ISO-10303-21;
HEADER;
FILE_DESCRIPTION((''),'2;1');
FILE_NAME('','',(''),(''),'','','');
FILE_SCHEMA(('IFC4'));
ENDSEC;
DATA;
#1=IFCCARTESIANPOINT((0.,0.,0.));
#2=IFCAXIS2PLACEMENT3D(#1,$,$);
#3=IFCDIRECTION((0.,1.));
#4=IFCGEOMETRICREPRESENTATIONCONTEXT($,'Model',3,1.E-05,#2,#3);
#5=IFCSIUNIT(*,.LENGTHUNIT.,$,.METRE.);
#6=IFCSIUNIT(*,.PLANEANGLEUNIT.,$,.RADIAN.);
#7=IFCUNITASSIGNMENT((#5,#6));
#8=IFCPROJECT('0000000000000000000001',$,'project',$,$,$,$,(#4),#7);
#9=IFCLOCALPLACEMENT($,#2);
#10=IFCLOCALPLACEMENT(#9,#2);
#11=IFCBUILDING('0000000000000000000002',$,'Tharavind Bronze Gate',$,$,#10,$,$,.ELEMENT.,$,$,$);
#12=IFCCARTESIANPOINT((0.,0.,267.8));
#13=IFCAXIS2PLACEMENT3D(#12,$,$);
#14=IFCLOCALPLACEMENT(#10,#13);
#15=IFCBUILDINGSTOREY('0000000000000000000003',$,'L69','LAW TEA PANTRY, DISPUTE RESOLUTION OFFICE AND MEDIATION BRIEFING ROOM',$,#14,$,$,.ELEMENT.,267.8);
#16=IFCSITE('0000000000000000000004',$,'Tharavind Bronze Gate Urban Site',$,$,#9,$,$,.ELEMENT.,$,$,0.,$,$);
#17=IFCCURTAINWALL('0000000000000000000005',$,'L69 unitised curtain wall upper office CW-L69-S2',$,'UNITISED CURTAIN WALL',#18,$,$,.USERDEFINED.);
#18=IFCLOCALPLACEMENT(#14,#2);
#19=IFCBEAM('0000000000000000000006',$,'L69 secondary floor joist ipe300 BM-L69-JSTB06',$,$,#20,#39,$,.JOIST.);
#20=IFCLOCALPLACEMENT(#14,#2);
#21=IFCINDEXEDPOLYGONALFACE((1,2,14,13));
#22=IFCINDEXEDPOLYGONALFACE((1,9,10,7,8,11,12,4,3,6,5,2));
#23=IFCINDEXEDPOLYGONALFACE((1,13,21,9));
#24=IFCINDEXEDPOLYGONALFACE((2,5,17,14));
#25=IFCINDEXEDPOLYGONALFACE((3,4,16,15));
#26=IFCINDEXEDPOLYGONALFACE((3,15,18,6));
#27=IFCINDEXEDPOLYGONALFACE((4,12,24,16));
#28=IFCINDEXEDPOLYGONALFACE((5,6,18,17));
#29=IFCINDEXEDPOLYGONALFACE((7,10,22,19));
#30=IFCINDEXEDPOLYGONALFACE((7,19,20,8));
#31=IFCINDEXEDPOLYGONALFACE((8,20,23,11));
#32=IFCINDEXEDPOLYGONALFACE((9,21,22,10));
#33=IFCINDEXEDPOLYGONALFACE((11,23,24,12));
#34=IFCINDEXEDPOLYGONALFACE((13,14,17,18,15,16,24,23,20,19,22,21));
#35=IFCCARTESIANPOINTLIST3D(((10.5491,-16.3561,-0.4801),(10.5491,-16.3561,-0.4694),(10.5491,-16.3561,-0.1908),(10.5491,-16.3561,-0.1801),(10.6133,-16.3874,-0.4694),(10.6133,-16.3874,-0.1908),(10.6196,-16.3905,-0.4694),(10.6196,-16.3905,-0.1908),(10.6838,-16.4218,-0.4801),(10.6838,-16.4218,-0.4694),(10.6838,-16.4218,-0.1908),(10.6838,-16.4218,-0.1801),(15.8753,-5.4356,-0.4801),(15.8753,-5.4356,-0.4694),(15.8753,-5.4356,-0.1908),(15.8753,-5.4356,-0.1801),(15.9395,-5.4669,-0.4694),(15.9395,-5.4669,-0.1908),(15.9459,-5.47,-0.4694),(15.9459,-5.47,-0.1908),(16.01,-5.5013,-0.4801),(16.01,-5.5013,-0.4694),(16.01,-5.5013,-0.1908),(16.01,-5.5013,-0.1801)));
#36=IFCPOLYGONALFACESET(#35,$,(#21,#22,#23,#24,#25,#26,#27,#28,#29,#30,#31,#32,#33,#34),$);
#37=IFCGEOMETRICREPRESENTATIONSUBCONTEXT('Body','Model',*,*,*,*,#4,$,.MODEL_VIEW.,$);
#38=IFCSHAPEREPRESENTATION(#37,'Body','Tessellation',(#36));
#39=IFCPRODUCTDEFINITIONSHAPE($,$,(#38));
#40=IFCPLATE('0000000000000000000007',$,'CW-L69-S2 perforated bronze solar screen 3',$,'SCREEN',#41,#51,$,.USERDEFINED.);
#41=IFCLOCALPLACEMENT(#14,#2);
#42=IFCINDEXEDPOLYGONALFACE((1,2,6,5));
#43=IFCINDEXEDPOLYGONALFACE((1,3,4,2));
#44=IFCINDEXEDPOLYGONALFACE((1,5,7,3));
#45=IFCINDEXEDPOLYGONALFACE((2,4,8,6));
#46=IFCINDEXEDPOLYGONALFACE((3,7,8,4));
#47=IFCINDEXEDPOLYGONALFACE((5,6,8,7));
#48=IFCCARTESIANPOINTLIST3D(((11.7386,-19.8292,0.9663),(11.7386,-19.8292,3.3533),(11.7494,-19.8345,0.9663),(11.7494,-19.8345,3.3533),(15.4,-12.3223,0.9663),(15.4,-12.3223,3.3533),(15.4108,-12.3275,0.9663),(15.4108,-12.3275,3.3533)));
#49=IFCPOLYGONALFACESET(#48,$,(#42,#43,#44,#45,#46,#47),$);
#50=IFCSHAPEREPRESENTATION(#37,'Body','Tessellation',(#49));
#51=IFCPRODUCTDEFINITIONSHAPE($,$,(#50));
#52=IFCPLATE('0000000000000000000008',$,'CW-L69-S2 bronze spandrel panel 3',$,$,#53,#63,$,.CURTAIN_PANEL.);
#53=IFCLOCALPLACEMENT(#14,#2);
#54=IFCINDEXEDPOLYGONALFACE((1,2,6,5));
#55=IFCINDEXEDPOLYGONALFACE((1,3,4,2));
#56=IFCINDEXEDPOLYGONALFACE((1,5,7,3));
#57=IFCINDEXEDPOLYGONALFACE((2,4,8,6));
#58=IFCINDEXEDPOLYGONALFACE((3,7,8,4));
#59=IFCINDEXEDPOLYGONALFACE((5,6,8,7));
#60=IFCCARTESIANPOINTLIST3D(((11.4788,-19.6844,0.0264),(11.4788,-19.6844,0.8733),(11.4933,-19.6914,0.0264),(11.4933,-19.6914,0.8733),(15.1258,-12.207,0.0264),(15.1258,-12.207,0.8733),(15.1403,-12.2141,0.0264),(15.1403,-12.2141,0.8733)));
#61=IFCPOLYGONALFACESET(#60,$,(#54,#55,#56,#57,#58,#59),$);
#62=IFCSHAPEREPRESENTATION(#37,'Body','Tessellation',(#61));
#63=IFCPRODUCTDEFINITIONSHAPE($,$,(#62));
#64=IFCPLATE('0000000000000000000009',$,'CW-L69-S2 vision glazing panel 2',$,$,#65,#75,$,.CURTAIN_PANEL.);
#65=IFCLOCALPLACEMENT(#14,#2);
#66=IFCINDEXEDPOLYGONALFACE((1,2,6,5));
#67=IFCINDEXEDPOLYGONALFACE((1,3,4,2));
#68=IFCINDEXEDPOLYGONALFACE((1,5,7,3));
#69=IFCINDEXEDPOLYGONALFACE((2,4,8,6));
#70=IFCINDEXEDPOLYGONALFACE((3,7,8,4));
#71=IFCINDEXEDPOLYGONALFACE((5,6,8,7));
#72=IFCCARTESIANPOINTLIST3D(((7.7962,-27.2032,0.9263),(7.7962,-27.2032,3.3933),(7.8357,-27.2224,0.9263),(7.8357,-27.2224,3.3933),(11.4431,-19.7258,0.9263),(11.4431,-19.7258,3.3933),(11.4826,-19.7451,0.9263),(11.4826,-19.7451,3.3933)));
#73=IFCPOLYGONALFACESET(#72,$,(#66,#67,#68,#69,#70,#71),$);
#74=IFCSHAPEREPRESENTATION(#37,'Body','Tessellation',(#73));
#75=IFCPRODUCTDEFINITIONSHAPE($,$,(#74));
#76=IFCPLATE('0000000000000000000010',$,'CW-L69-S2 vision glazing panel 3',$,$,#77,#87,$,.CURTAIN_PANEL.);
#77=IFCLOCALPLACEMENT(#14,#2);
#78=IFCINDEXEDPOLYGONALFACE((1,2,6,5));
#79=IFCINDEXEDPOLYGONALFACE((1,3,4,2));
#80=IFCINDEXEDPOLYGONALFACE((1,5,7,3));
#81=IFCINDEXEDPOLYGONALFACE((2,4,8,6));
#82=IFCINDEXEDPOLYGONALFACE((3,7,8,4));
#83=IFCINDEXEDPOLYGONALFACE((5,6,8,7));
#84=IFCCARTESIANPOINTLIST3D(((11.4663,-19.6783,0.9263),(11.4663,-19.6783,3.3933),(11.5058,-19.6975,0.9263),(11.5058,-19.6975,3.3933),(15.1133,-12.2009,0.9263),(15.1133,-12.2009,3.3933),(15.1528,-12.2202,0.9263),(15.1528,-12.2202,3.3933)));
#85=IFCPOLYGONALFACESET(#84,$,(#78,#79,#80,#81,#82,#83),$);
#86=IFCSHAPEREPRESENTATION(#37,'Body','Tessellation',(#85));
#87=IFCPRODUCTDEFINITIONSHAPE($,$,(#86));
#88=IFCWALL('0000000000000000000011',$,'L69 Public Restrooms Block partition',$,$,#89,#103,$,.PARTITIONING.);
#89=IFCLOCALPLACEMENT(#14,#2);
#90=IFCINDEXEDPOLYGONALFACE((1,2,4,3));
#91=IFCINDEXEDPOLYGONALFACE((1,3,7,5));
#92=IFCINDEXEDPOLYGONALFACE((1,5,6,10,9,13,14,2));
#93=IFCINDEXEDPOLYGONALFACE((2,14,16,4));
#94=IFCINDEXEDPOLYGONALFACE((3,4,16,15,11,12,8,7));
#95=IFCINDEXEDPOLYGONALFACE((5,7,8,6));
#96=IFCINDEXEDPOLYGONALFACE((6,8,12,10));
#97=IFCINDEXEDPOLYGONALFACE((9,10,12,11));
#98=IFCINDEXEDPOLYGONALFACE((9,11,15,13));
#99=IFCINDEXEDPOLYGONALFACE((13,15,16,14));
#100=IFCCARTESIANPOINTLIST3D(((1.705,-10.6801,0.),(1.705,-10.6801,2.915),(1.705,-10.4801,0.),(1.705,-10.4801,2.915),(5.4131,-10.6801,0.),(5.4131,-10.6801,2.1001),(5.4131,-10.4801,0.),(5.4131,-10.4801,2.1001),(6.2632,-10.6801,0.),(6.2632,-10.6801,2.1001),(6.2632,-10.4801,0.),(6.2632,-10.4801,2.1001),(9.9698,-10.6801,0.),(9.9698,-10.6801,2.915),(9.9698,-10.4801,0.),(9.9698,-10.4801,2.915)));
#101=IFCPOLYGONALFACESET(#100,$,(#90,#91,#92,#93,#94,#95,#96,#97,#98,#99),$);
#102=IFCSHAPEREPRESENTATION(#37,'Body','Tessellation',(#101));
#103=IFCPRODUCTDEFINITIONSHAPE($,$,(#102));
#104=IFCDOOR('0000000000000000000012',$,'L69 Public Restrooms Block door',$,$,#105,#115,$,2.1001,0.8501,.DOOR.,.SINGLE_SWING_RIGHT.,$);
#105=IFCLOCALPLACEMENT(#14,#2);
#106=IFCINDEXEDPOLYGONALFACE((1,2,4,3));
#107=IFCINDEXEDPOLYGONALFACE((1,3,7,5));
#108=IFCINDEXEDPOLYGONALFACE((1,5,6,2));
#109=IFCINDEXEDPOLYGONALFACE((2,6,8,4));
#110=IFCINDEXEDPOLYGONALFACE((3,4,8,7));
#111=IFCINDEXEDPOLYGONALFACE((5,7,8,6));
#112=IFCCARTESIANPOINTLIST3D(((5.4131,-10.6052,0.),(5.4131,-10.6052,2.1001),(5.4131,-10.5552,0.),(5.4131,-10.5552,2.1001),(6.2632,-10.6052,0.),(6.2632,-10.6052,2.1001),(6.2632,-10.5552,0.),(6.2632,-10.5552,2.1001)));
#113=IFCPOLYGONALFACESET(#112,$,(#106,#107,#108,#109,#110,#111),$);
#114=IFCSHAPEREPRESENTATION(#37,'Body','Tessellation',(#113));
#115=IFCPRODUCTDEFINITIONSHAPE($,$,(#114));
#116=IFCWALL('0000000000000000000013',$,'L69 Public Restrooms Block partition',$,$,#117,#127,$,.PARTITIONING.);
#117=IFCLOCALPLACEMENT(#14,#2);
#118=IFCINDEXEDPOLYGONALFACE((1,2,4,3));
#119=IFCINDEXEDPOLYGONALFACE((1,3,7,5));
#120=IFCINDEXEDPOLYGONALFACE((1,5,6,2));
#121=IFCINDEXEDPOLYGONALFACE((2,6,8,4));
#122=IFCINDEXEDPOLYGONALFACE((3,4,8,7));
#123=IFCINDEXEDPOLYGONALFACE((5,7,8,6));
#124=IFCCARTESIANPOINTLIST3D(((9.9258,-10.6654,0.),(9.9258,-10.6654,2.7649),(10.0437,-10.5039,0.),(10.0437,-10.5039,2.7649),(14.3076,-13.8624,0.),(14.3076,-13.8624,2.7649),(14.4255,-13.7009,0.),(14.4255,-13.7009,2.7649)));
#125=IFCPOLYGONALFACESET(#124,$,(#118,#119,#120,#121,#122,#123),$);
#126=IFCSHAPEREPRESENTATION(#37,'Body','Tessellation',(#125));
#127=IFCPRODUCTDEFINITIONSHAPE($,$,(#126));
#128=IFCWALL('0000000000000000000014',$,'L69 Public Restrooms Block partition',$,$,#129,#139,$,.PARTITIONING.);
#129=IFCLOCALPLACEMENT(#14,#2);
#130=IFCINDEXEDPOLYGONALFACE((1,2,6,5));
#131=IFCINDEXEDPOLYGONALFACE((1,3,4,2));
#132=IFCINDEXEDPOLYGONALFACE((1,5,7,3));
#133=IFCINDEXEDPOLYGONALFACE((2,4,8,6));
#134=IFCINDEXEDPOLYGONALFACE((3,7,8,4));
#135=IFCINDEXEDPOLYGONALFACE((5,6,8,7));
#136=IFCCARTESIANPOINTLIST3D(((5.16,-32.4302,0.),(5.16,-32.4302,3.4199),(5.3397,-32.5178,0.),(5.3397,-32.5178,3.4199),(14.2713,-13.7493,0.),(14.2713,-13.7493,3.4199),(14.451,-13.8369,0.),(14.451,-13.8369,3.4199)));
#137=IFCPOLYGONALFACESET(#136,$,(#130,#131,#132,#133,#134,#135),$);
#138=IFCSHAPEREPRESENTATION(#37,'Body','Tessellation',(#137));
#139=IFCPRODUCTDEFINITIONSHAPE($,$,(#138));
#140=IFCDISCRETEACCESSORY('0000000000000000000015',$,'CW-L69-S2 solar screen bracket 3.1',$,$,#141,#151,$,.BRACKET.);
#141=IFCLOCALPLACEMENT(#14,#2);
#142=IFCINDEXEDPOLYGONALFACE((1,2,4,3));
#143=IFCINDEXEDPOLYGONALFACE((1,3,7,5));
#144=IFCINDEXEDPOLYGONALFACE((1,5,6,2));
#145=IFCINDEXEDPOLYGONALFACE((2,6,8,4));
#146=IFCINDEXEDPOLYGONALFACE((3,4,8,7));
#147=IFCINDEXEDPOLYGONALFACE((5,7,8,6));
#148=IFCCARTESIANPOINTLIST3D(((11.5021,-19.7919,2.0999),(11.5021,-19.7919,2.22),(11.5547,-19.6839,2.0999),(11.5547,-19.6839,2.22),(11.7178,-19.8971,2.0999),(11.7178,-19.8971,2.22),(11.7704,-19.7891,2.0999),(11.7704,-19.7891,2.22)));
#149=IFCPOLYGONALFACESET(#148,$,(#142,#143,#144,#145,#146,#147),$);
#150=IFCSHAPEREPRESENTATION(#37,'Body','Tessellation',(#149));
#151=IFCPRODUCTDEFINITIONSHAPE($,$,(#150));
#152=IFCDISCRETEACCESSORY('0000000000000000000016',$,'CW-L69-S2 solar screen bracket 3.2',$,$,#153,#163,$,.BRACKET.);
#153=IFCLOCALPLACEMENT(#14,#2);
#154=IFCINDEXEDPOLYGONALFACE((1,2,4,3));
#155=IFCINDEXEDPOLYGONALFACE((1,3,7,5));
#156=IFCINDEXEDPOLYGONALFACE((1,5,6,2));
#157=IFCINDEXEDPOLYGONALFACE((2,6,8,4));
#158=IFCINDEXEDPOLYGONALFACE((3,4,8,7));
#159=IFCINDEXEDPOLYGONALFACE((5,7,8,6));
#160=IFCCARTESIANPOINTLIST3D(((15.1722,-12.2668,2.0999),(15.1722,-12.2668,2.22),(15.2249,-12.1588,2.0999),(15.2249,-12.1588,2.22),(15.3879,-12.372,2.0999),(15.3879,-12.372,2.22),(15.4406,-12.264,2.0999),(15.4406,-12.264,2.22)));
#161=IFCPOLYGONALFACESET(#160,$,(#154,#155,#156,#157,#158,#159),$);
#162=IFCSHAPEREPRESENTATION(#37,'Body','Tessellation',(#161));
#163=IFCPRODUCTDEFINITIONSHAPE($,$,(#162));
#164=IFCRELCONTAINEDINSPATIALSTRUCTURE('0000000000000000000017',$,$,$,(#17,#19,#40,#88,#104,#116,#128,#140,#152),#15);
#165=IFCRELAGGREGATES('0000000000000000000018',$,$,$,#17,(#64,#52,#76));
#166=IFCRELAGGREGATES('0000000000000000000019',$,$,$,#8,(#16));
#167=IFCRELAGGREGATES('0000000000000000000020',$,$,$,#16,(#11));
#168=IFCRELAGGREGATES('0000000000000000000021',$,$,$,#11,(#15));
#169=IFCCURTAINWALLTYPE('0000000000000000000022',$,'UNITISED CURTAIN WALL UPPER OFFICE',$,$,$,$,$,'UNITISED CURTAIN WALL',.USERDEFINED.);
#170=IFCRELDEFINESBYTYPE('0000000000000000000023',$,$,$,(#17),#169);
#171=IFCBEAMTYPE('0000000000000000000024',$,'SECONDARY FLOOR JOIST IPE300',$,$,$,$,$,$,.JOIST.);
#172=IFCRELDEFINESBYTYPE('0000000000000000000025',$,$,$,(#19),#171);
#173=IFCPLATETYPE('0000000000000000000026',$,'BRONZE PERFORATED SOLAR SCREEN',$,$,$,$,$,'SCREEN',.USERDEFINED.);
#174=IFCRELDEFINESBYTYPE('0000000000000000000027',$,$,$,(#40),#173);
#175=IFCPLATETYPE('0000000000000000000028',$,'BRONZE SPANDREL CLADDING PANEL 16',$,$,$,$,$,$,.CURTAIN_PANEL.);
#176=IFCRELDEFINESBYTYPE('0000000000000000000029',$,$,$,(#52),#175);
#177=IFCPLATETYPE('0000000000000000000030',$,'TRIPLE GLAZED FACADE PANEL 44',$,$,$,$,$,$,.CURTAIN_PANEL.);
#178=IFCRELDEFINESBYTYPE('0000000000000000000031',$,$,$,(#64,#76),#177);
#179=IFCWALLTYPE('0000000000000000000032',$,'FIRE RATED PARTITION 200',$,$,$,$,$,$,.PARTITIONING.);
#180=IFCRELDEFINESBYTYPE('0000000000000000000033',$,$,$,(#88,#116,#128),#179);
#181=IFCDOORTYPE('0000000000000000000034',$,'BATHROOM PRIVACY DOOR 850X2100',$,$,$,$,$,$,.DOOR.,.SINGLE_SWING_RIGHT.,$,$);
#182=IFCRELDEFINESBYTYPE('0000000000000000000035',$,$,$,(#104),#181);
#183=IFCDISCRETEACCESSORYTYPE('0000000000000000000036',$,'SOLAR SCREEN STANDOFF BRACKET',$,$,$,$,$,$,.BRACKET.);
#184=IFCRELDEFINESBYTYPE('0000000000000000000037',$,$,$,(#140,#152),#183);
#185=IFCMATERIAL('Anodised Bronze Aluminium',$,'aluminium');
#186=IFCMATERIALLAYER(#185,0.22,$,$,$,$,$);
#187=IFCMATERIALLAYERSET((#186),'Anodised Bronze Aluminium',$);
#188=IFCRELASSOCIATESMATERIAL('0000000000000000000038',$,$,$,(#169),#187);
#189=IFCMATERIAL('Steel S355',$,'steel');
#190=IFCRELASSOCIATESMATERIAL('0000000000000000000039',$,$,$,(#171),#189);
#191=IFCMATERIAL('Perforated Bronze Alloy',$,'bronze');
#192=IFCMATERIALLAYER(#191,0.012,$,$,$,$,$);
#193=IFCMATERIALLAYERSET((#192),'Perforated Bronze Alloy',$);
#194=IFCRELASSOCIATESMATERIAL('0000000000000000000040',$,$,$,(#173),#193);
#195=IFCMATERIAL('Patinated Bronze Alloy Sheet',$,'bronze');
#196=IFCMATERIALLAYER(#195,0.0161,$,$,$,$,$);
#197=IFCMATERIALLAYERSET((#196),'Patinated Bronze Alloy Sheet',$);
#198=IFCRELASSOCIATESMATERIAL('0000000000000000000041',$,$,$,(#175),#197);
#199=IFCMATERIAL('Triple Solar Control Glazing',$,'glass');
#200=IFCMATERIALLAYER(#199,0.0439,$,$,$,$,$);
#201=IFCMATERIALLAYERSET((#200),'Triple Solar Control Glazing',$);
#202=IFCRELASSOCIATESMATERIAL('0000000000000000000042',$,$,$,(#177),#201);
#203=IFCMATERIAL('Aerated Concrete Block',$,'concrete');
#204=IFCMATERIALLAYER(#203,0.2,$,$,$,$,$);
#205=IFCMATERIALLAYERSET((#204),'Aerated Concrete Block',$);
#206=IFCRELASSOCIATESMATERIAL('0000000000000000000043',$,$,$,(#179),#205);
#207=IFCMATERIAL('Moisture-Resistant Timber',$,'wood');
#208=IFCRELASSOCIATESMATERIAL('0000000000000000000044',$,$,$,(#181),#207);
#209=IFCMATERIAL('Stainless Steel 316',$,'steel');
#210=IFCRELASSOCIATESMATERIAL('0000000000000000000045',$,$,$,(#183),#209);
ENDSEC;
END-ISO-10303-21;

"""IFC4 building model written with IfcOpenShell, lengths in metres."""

from ifc_helpers import new_model, si_unit, direction, frame, frame_2d, origin, origin_2d, place, context, subcontext, project, spatial, rectangle, i_section, extrude, material, layer, layer_set, material_profile, profile_set, type_object, element, fill, aggregate, save


model = new_model("IFC4")

# Units and contexts
model_context = context("Model", 3, precision=1e-05, world=origin(), true_north=direction((0.0, 1.0)))
body_context = subcontext(model_context, "Body", "Model", "MODEL_VIEW")
ifc_project = project(units=[si_unit("LENGTHUNIT", "METRE"), si_unit("PLANEANGLEUNIT", "RADIAN")], contexts=[model_context])

# Site, building, storey
site_placement = place(None, origin())
site = spatial("IfcSite", under=ifc_project, at=site_placement, Name="Tharavind Bronze Gate Urban Site", CompositionType="ELEMENT", RefElevation=0.0)
building_placement = place(site_placement, origin())
building = spatial("IfcBuilding", under=site, at=building_placement, Name="Tharavind Bronze Gate", CompositionType="ELEMENT")
storey_placement = place(building_placement, frame((0.0, 0.0, 267.8)))
storey = spatial("IfcBuildingStorey", under=building, at=storey_placement, Name="L69", Description="LAW TEA PANTRY, DISPUTE RESOLUTION OFFICE AND MEDIATION BRIEFING ROOM", CompositionType="ELEMENT", Elevation=267.8)

# Curtain wall
ifc_material_1 = material(Name="Anodised Bronze Aluminium", Category="aluminium")
ifc_layer_1 = layer(ifc_material_1, 0.22)
ifc_layer_set_1 = layer_set([ifc_layer_1], Name="Anodised Bronze Aluminium")
curtain_wall_type = type_object("IfcCurtainWallType", Name="UNITISED CURTAIN WALL UPPER OFFICE", ElementType="UNITISED CURTAIN WALL", PredefinedType="USERDEFINED", material=ifc_layer_set_1)
curtain_wall_placement = place(storey_placement, origin())
curtain_wall = element("IfcCurtainWall", 1, at=curtain_wall_placement, inside=storey, type_object=curtain_wall_type, Name="L69 unitised curtain wall upper office CW-L69-S2", ObjectType="UNITISED CURTAIN WALL", PredefinedType="USERDEFINED")

# Beam
ifc_material_2 = material(Name="Steel S355", Category="steel")
ifc_material_profile_1 = material_profile(ifc_material_2, i_section(OverallWidth=0.1499, OverallDepth=0.3, WebThickness=0.0071, FlangeThickness=0.0107, at=origin_2d()), Name="IPE300")
ifc_profile_set_1 = profile_set([ifc_material_profile_1], Name="Steel S355")
beam_type_1 = type_object("IfcBeamType", Name="SECONDARY FLOOR JOIST IPE300", PredefinedType="JOIST", material=ifc_profile_set_1)
beam_1_placement = place(storey_placement, frame((10.6165, -16.3889, -0.3301), z_axis=(0.438367, 0.898796, 0.0), x_axis=(-0.898796, 0.438367, 0.0)))
element("IfcBeam", 2, at=beam_1_placement, inside=storey, type_object=beam_type_1, Name="L69 secondary floor joist ipe300 BM-L69-JSTB06", PredefinedType="JOIST", context=body_context, shape_type="SweptSolid", body=[
    extrude(i_section(OverallWidth=0.1499, OverallDepth=0.3, WebThickness=0.0071, FlangeThickness=0.0107, at=origin_2d()), origin(), (0.0, 0.0, 1.0), 12.1501),
])

# Plates
ifc_material_3 = material(Name="Perforated Bronze Alloy", Category="bronze")
ifc_layer_2 = layer(ifc_material_3, 0.012)
ifc_layer_set_2 = layer_set([ifc_layer_2], Name="Perforated Bronze Alloy")
plate_type_1 = type_object("IfcPlateType", Name="BRONZE PERFORATED SOLAR SCREEN", ElementType="SCREEN", PredefinedType="USERDEFINED", material=ifc_layer_set_2)
plate_1_placement = place(storey_placement, frame((13.5747, -16.0784, 0.9663), z_axis=(0.0, 0.0, 1.0), x_axis=(0.438373, 0.898793, 0.0)))
element("IfcPlate", 3, at=plate_1_placement, inside=storey, type_object=plate_type_1, Name="CW-L69-S2 perforated bronze solar screen 3", ObjectType="SCREEN", PredefinedType="USERDEFINED", context=body_context, shape_type="SweptSolid", body=[
    extrude(rectangle(XDim=8.3523, YDim=0.012, at=origin_2d()), origin(), (0.0, 0.0, 1.0), 2.387),
])
ifc_material_4 = material(Name="Patinated Bronze Alloy Sheet", Category="bronze")
ifc_layer_3 = layer(ifc_material_4, 0.0161)
ifc_layer_set_3 = layer_set([ifc_layer_3], Name="Patinated Bronze Alloy Sheet")
plate_type_2 = type_object("IfcPlateType", Name="BRONZE SPANDREL CLADDING PANEL 16", PredefinedType="CURTAIN_PANEL", material=ifc_layer_set_3)
plate_2_placement = place(storey_placement, frame((13.3096, -15.9492, 0.0264), z_axis=(0.0, 0.0, 1.0), x_axis=(0.438373, 0.898793, 0.0)))
plate_2 = element("IfcPlate", 4, at=plate_2_placement, type_object=plate_type_2, Name="CW-L69-S2 bronze spandrel panel 3", PredefinedType="CURTAIN_PANEL", context=body_context, shape_type="SweptSolid", body=[
    extrude(rectangle(XDim=8.3193, YDim=0.0161, at=origin_2d()), origin(), (0.0, 0.0, 1.0), 0.8469),
])
ifc_material_5 = material(Name="Triple Solar Control Glazing", Category="glass")
ifc_layer_4 = layer(ifc_material_5, 0.0439)
ifc_layer_set_4 = layer_set([ifc_layer_4], Name="Triple Solar Control Glazing")
plate_type_3 = type_object("IfcPlateType", Name="TRIPLE GLAZED FACADE PANEL 44", PredefinedType="CURTAIN_PANEL", material=ifc_layer_set_4)
plate_3_placement = place(storey_placement, frame((9.6394, -23.4741, 0.9263), z_axis=(0.0, 0.0, 1.0), x_axis=(0.438373, 0.898793, 0.0)))
plate_3 = element("IfcPlate", 5, at=plate_3_placement, type_object=plate_type_3, Name="CW-L69-S2 vision glazing panel 2", PredefinedType="CURTAIN_PANEL", context=body_context, shape_type="SweptSolid", body=[
    extrude(rectangle(XDim=8.3193, YDim=0.0439, at=origin_2d()), origin(), (0.0, 0.0, 1.0), 2.467),
])
plate_4_placement = place(storey_placement, frame((13.3096, -15.9492, 0.9263), z_axis=(0.0, 0.0, 1.0), x_axis=(0.438373, 0.898793, 0.0)))
plate_4 = element("IfcPlate", 6, at=plate_4_placement, type_object=plate_type_3, Name="CW-L69-S2 vision glazing panel 3", PredefinedType="CURTAIN_PANEL", context=body_context, shape_type="SweptSolid", body=[
    extrude(rectangle(XDim=8.3193, YDim=0.0439, at=origin_2d()), origin(), (0.0, 0.0, 1.0), 2.467),
])
aggregate(curtain_wall, [plate_3, plate_2, plate_4])

# Wall, opening, door
ifc_material_6 = material(Name="Aerated Concrete Block", Category="concrete")
ifc_layer_5 = layer(ifc_material_6, 0.2)
ifc_layer_set_5 = layer_set([ifc_layer_5], Name="Aerated Concrete Block")
wall_type = type_object("IfcWallType", Name="FIRE RATED PARTITION 200", PredefinedType="PARTITIONING", material=ifc_layer_set_5)
wall_1_placement = place(storey_placement, frame((1.7051, -10.5801, 0.0), z_axis=(0.0, 0.0, 1.0), x_axis=(1.0, 0.0, 0.0)))
wall_1 = element("IfcWall", 7, at=wall_1_placement, inside=storey, type_object=wall_type, Name="L69 Public Restrooms Block partition", PredefinedType="PARTITIONING", context=body_context, shape_type="SweptSolid", body=[
    extrude(rectangle(XDim=8.2649, YDim=0.2, at=frame_2d((4.1323, 0.0))), origin(), (0.0, 0.0, 1.0), 2.915),
])
opening_placement = place(wall_1_placement, frame((3.708, 0.0, 0.0)))
opening = element("IfcOpeningElement", 8, at=opening_placement, cuts=wall_1, PredefinedType="OPENING", context=body_context, shape_type="SweptSolid", body=[
    extrude(rectangle(XDim=0.8501, YDim=2.1001, at=frame_2d((0.425, 1.05))), frame((0.0, 0.1101, 0.0), z_axis=(0.0, -1.0, 0.0), x_axis=(1.0, 0.0, 0.0)), (0.0, 0.0, 1.0), 0.22),
])
ifc_material_7 = material(Name="Moisture-Resistant Timber", Category="wood")
door_type = type_object("IfcDoorType", Name="BATHROOM PRIVACY DOOR 850X2100", OperationType="SINGLE_SWING_RIGHT", PredefinedType="DOOR", material=ifc_material_7)
door_placement = place(opening_placement, origin())
door = element("IfcDoor", 9, at=door_placement, inside=storey, type_object=door_type, Name="L69 Public Restrooms Block door", OperationType="SINGLE_SWING_RIGHT", OverallHeight=2.1001, OverallWidth=0.8501, PredefinedType="DOOR", context=body_context, shape_type="SweptSolid", body=[
    extrude(rectangle(XDim=0.8501, YDim=2.1001, at=frame_2d((0.425, 1.05))), frame((0.0, 0.0249, 0.0), z_axis=(0.0, -1.0, 0.0), x_axis=(1.0, 0.0, 0.0)), (0.0, 0.0, 1.0), 0.05),
])
fill(opening, door)

# Walls
wall_2_placement = place(storey_placement, frame((9.9849, -10.5847, 0.0), z_axis=(0.0, 0.0, 1.0), x_axis=(0.807838, -0.589405, 0.0)))
element("IfcWall", 10, at=wall_2_placement, inside=storey, type_object=wall_type, Name="L69 Public Restrooms Block partition", PredefinedType="PARTITIONING", context=body_context, shape_type="SweptSolid", body=[
    extrude(rectangle(XDim=5.4241, YDim=0.2, at=frame_2d((2.7119, 0.0))), origin(), (0.0, 0.0, 1.0), 2.7649),
])
wall_3_placement = place(storey_placement, frame((14.3611, -13.7932, 0.0), z_axis=(0.0, 0.0, 1.0), x_axis=(-0.438373, -0.898793, 0.0)))
element("IfcWall", 11, at=wall_3_placement, inside=storey, type_object=wall_type, Name="L69 Public Restrooms Block partition", PredefinedType="PARTITIONING", context=body_context, shape_type="SweptSolid", body=[
    extrude(rectangle(XDim=20.7844, YDim=0.2, at=frame_2d((10.3921, 0.0))), origin(), (0.0, 0.0, 1.0), 3.4199),
])

# Discrete accessories
ifc_material_8 = material(Name="Stainless Steel 316", Category="steel")
discrete_accessory_type = type_object("IfcDiscreteAccessoryType", Name="SOLAR SCREEN STANDOFF BRACKET", PredefinedType="BRACKET", material=ifc_material_8)
for number, where, z_axis, x_axis, name in (
    (12, (11.6362, -19.7905, 2.0999), (0.0, 0.0, 1.0), (0.438373, 0.898793, 0.0), "CW-L69-S2 solar screen bracket 3.1"),
    (13, (15.3064, -12.2654, 2.0999), (0.0, 0.0, 1.0), (0.438373, 0.898793, 0.0), "CW-L69-S2 solar screen bracket 3.2"),
):
    element("IfcDiscreteAccessory", number, at=place(storey_placement, frame(where, z_axis=z_axis, x_axis=x_axis)), inside=storey, type_object=discrete_accessory_type, Name=name, PredefinedType="BRACKET", context=body_context, shape_type="SweptSolid", body=[
        extrude(rectangle(XDim=0.1201, YDim=0.24, at=origin_2d()), origin(), (0.0, 0.0, 1.0), 0.1201),
    ])

save(model, "model.ifc")
